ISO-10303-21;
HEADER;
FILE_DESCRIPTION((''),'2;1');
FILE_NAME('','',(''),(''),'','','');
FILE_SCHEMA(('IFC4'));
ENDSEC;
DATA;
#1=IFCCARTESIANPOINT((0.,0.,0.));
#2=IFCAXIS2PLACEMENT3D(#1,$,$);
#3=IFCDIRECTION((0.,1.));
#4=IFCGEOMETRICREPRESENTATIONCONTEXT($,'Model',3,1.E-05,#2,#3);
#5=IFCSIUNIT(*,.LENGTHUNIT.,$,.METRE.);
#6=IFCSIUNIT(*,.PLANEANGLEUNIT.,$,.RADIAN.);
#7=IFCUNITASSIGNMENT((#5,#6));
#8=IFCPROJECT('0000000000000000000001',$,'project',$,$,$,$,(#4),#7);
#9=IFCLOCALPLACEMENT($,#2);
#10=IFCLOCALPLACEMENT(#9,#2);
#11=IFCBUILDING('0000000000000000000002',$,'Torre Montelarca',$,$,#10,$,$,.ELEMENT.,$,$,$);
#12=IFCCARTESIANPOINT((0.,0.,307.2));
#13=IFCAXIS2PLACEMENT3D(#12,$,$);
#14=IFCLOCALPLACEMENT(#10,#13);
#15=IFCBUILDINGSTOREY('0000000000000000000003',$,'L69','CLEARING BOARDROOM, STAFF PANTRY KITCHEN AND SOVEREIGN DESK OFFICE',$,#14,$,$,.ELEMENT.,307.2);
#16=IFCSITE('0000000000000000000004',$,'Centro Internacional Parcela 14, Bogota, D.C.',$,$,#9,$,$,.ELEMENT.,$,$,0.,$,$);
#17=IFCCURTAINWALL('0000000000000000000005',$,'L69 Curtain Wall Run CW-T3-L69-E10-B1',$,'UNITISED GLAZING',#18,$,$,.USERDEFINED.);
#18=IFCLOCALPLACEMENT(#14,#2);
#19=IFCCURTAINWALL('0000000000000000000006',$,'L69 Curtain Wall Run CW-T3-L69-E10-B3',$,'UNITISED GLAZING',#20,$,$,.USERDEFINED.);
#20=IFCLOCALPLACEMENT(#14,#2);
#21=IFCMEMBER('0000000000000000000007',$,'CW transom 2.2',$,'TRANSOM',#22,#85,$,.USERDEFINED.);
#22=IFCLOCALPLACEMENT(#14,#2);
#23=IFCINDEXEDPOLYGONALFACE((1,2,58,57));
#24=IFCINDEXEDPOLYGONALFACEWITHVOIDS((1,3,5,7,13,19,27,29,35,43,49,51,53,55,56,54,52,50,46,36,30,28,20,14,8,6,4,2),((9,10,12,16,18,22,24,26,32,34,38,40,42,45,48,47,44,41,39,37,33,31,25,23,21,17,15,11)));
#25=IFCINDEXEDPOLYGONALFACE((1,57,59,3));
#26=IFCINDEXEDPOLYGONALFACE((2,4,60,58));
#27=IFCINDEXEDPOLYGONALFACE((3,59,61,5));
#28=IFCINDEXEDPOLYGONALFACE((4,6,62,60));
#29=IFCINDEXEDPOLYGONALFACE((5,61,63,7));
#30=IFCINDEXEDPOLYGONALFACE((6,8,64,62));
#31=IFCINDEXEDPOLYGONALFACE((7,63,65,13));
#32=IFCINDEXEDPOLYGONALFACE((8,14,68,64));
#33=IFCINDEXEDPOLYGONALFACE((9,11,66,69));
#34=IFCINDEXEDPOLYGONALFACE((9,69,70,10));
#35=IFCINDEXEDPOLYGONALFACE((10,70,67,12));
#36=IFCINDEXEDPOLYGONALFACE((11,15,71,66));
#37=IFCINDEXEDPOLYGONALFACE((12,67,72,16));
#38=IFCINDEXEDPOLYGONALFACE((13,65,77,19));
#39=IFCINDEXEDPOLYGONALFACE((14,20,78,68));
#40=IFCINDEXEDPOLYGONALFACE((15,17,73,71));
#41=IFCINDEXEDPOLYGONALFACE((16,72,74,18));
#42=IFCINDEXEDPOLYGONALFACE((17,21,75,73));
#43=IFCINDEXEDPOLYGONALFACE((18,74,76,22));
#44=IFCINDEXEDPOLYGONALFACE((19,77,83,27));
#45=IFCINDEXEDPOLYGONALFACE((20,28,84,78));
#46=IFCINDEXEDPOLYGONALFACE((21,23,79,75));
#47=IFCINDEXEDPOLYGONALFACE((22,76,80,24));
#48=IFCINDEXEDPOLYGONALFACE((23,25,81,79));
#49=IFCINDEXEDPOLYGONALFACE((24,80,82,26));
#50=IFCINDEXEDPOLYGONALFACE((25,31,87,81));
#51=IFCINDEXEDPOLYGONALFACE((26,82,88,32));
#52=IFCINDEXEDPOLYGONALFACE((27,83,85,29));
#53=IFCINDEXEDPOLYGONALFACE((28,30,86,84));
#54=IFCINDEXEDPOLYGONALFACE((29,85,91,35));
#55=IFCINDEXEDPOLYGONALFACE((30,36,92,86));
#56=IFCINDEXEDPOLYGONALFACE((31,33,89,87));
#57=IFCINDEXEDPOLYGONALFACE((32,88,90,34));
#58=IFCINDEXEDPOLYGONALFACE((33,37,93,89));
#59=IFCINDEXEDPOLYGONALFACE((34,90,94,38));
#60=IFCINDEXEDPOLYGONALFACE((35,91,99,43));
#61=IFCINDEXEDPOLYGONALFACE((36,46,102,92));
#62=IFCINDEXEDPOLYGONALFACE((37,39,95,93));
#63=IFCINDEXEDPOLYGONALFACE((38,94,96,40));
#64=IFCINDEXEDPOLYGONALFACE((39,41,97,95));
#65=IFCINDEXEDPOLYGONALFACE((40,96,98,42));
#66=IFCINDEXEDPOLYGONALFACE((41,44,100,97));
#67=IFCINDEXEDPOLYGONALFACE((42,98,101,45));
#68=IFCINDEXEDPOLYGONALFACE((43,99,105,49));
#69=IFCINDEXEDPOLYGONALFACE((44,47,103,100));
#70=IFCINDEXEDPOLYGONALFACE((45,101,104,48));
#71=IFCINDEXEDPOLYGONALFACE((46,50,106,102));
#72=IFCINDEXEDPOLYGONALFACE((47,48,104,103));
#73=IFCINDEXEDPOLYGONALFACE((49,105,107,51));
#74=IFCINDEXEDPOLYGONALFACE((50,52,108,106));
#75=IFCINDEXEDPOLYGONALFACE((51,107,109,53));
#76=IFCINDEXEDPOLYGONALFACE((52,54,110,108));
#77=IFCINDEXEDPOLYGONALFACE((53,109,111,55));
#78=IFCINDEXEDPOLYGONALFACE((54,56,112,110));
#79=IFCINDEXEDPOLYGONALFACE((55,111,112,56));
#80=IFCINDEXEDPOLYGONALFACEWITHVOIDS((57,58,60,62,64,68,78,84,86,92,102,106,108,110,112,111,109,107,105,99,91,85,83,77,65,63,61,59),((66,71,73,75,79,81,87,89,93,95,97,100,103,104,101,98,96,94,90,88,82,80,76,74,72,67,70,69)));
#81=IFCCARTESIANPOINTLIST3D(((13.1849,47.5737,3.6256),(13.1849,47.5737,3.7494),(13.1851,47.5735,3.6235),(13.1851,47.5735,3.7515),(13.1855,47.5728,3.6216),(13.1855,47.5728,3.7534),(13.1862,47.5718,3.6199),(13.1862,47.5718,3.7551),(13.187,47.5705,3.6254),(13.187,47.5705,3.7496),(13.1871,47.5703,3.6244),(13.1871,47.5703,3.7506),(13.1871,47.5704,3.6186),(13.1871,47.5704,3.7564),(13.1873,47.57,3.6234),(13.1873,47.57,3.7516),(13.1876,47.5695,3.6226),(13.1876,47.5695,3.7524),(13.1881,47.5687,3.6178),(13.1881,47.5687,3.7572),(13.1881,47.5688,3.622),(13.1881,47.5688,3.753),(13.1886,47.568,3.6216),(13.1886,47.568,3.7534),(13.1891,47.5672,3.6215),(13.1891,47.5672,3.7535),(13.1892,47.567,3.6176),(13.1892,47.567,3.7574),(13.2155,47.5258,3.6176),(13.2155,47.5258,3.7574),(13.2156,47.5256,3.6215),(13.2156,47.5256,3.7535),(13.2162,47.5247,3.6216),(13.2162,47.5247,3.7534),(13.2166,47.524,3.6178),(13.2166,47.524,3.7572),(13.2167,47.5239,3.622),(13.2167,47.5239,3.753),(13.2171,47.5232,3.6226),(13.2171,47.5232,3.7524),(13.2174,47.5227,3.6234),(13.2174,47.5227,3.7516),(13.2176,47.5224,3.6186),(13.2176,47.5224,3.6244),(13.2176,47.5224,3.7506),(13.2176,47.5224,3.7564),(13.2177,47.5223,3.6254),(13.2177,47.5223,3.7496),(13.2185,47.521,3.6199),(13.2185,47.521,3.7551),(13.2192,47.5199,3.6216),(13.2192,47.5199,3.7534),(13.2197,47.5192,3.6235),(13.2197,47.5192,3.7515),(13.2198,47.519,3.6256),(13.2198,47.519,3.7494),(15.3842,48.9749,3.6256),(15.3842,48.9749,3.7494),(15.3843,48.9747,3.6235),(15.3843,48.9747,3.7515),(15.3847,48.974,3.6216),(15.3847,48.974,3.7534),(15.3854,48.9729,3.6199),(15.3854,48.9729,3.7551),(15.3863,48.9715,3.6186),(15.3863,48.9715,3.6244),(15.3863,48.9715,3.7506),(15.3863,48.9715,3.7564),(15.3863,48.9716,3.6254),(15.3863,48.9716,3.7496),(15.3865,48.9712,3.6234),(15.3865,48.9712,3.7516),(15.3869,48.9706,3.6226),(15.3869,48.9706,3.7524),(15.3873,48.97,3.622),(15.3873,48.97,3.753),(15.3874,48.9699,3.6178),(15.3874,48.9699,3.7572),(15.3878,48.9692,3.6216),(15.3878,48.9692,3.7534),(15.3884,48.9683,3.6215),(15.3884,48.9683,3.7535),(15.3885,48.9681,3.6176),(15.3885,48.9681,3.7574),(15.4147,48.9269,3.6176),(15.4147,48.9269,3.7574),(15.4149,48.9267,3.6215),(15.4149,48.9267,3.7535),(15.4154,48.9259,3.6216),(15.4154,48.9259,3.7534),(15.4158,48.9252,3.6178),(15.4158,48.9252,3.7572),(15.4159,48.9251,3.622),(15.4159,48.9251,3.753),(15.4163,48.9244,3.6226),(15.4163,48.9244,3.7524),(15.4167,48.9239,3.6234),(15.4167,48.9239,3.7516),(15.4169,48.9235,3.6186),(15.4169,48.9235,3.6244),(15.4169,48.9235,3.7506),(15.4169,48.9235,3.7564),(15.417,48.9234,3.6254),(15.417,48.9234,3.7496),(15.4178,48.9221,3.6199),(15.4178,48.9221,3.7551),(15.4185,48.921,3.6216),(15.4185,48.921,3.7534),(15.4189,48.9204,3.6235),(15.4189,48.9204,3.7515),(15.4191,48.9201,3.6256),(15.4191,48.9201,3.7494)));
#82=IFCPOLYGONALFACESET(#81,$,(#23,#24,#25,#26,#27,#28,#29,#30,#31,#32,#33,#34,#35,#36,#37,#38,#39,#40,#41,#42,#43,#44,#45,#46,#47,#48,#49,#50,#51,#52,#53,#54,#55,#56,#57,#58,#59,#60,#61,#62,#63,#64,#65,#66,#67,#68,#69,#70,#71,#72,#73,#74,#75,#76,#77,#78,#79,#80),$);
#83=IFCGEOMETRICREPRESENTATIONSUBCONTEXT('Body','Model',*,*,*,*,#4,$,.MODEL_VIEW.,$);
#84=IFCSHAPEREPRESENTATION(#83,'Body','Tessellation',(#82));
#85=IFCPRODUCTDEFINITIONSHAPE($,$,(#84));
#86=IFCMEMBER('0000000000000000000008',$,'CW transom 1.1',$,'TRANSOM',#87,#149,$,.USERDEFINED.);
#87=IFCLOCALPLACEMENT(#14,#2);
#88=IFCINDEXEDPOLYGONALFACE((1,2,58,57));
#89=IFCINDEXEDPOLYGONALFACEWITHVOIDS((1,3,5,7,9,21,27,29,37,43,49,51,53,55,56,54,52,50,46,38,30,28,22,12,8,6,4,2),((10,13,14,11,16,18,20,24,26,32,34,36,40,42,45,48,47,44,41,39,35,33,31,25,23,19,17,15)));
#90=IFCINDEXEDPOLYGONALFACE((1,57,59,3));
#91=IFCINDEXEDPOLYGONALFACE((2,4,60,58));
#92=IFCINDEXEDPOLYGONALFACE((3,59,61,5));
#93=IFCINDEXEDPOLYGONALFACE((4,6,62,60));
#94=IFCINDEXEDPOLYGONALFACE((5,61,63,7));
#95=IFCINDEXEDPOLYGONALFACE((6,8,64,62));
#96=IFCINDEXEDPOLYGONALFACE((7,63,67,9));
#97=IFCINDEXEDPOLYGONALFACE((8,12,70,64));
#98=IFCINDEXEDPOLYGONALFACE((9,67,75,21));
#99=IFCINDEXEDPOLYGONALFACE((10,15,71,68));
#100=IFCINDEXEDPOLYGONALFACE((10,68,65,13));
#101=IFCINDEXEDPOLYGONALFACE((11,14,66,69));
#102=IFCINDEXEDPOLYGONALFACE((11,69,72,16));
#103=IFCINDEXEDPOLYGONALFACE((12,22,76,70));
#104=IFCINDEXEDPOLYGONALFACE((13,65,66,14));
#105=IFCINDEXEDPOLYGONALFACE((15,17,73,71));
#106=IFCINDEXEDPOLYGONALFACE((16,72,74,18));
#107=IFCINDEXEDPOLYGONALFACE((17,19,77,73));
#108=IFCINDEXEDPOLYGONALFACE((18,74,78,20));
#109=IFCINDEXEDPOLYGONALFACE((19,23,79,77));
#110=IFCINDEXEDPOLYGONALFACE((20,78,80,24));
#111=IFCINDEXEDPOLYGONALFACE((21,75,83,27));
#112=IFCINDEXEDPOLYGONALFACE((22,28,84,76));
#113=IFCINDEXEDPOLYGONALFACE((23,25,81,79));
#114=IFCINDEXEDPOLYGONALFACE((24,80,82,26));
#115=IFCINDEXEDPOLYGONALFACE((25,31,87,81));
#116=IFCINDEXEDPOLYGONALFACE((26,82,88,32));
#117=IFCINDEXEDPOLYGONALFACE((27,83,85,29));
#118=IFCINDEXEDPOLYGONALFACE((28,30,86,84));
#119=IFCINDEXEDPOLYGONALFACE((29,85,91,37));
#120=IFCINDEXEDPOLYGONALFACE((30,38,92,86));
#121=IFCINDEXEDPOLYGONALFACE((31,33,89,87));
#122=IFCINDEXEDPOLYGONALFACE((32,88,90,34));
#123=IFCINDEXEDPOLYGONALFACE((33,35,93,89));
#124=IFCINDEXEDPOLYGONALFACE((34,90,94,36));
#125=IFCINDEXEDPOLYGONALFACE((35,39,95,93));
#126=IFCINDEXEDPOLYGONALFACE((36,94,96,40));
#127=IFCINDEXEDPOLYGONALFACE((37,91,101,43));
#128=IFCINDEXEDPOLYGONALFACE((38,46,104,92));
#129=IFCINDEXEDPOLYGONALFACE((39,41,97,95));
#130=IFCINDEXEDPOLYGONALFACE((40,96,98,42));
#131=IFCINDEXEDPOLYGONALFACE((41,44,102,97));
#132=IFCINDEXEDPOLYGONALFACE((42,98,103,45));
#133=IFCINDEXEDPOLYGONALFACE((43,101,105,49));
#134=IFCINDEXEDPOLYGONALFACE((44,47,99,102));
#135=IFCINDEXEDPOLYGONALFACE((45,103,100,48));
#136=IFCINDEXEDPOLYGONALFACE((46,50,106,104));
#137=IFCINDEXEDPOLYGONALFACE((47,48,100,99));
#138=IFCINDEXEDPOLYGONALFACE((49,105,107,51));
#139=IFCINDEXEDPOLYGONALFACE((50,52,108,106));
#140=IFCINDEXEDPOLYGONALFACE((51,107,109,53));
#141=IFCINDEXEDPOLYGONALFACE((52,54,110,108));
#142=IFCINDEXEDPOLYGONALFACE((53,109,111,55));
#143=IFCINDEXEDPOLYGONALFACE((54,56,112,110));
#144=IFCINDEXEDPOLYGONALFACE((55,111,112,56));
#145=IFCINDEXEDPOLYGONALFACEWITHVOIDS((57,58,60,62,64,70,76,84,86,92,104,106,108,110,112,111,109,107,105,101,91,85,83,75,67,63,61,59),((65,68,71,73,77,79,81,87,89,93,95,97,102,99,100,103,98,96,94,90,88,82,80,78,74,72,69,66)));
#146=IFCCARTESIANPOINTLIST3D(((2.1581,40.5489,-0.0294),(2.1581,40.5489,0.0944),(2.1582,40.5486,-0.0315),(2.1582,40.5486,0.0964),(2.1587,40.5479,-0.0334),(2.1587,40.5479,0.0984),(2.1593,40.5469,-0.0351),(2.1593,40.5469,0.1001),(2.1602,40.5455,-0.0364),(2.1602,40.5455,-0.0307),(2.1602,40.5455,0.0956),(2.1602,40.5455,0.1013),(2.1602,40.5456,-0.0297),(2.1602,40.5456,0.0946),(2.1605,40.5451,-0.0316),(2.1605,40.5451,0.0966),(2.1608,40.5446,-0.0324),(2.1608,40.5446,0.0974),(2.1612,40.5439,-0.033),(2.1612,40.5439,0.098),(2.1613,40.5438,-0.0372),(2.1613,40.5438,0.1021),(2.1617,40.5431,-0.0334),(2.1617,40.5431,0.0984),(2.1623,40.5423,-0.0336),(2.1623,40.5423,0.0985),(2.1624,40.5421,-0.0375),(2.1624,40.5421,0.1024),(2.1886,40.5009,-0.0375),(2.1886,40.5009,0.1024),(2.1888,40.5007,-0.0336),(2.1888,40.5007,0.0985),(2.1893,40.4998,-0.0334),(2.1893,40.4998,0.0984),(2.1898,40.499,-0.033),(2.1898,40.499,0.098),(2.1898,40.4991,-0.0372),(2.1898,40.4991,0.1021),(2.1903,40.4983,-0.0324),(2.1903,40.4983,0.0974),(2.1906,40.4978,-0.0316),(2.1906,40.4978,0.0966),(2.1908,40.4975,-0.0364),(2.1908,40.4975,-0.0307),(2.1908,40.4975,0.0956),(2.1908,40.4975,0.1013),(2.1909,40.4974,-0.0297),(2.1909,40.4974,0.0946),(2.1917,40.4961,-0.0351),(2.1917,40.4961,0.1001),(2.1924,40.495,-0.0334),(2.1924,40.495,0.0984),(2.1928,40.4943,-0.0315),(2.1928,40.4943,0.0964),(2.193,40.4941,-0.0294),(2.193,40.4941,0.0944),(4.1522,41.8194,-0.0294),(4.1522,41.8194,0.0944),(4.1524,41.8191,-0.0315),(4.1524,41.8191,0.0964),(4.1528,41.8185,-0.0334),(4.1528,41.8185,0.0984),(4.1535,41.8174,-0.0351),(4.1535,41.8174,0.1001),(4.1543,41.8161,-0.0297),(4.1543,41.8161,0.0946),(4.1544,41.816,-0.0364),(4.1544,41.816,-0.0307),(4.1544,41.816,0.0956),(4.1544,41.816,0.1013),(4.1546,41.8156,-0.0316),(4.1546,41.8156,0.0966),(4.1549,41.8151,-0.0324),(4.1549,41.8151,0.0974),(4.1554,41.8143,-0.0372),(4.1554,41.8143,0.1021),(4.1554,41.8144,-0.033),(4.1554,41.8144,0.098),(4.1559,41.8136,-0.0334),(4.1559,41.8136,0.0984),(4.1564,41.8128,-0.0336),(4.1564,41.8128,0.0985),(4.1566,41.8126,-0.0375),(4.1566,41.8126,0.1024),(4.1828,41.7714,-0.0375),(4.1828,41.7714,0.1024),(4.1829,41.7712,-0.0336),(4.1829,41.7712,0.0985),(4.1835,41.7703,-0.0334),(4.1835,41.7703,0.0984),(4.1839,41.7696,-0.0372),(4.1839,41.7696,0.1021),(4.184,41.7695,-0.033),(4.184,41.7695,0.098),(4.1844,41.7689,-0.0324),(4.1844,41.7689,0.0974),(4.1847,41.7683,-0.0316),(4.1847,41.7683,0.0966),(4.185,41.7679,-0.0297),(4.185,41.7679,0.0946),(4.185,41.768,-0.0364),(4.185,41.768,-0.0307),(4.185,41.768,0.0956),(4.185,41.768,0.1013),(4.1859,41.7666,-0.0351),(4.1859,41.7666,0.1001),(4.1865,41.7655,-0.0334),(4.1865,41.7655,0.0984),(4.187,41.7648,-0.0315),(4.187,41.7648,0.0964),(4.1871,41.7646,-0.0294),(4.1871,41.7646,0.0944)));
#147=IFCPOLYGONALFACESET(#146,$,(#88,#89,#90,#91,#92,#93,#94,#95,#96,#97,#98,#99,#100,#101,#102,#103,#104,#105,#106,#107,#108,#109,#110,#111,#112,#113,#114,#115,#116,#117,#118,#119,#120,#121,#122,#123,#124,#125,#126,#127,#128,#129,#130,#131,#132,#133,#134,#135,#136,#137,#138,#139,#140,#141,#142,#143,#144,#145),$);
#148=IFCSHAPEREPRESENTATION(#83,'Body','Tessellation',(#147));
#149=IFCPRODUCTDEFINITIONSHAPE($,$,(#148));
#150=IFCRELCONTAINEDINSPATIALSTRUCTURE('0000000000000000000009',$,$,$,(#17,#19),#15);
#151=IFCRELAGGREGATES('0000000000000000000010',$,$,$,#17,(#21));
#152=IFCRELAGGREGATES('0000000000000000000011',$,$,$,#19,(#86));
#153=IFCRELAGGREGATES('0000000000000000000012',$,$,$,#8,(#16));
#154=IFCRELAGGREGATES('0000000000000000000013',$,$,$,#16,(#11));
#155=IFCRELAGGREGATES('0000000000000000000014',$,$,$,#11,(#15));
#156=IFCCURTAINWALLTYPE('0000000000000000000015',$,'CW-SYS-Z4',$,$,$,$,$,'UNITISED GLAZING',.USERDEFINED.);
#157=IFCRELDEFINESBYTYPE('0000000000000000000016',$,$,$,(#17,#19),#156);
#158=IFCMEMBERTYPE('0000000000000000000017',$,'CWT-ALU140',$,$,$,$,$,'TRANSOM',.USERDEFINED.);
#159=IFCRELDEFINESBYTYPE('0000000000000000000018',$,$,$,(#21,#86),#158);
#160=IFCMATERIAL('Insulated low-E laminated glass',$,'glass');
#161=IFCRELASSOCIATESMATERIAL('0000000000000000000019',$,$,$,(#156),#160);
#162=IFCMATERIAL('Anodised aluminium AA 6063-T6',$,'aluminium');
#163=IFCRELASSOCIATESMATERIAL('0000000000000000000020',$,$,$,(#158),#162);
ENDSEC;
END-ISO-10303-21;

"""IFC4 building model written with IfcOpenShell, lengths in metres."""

from ifc_helpers import new_model, si_unit, direction, frame, origin, origin_2d, place, context, subcontext, project, spatial, hollow_rectangle, extrude, source, transform, mapped, material, material_profile, profile_set, type_object, element, aggregate, save


model = new_model("IFC4")

# Units and contexts
model_context = context("Model", 3, precision=1e-05, world=origin(), true_north=direction((0.0, 1.0)))
body_context = subcontext(model_context, "Body", "Model", "MODEL_VIEW")
ifc_project = project(units=[si_unit("LENGTHUNIT", "METRE"), si_unit("PLANEANGLEUNIT", "RADIAN")], contexts=[model_context])

# Site, building, storey
site_placement = place(None, origin())
site = spatial("IfcSite", under=ifc_project, at=site_placement, Name="Centro Internacional Parcela 14, Bogota, D.C.", CompositionType="ELEMENT", RefElevation=0.0)
building_placement = place(site_placement, origin())
building = spatial("IfcBuilding", under=site, at=building_placement, Name="Torre Montelarca", CompositionType="ELEMENT")
storey_placement = place(building_placement, frame((0.0, 0.0, 307.2)))
storey = spatial("IfcBuildingStorey", under=building, at=storey_placement, Name="L69", Description="CLEARING BOARDROOM, STAFF PANTRY KITCHEN AND SOVEREIGN DESK OFFICE", CompositionType="ELEMENT", Elevation=307.2)

# Curtain wall
ifc_material_1 = material(Name="Insulated low-E laminated glass", Category="glass")
curtain_wall_type = type_object("IfcCurtainWallType", Name="CW-SYS-Z4", ElementType="UNITISED GLAZING", PredefinedType="USERDEFINED", material=ifc_material_1)
curtain_wall_1_placement = place(storey_placement, origin())
curtain_wall_1 = element("IfcCurtainWall", 1, at=curtain_wall_1_placement, inside=storey, type_object=curtain_wall_type, Name="L69 Curtain Wall Run CW-T3-L69-E10-B1", ObjectType="UNITISED GLAZING", PredefinedType="USERDEFINED")
ifc_material_2 = material(Name="Anodised aluminium AA 6063-T6", Category="aluminium")

# Curtain wall
curtain_wall_2_placement = place(storey_placement, origin())
curtain_wall_2 = element("IfcCurtainWall", 2, at=curtain_wall_2_placement, inside=storey, type_object=curtain_wall_type, Name="L69 Curtain Wall Run CW-T3-L69-E10-B3", ObjectType="UNITISED GLAZING", PredefinedType="USERDEFINED")

# Members
ifc_material_profile_1 = material_profile(ifc_material_2, hollow_rectangle(XDim=0.0649, YDim=0.1399, WallThickness=0.0039, InnerFilletRadius=0.0039, OuterFilletRadius=0.0081, at=origin_2d()), Name="ALU65X140X4", Category="aluminium")
ifc_profile_set_1 = profile_set([ifc_material_profile_1], Name="Anodised aluminium AA 6063-T6")
member_type_1 = type_object("IfcMemberType", Name="CWT-ALU140", ElementType="TRANSOM", PredefinedType="USERDEFINED", material=ifc_profile_set_1)
shared_shape_1 = source(origin(), body_context, "Body", "SweptSolid", [
    extrude(hollow_rectangle(XDim=0.0649, YDim=0.1399, WallThickness=0.0039, InnerFilletRadius=0.0039, OuterFilletRadius=0.0081, at=origin_2d()), origin(), (0.0, 0.0, 1.0), 2.6077),
])
member_1_placement = place(storey_placement, frame((15.4016, 48.9475, 3.6875), z_axis=(-0.84338, -0.537318, 0.0), x_axis=(0.537318, -0.84338, 0.0)))
member_1 = element("IfcMember", 3, at=member_1_placement, type_object=member_type_1, Name="CW transom 2.2", ObjectType="TRANSOM", PredefinedType="USERDEFINED", context=body_context, shape_type="MappedRepresentation", body=[
    mapped(shared_shape_1, transform((0.0, 0.0, 0.0), scale=1.0)),
])
shared_shape_2 = source(origin(), body_context, "Body", "SweptSolid", [
    extrude(hollow_rectangle(XDim=0.0649, YDim=0.1399, WallThickness=0.0039, InnerFilletRadius=0.0039, OuterFilletRadius=0.0081, at=origin_2d()), origin(), (0.0, 0.0, 1.0), 2.3645),
])
member_2_placement = place(storey_placement, frame((4.1697, 41.792, 0.0325), z_axis=(-0.843372, -0.53733, 0.0), x_axis=(0.53733, -0.843372, 0.0)))
member_2 = element("IfcMember", 4, at=member_2_placement, type_object=member_type_1, Name="CW transom 1.1", ObjectType="TRANSOM", PredefinedType="USERDEFINED", context=body_context, shape_type="MappedRepresentation", body=[
    mapped(shared_shape_2, transform((0.0, 0.0, 0.0), scale=1.0)),
])

aggregate(curtain_wall_1, [member_1])
aggregate(curtain_wall_2, [member_2])

save(model, "model.ifc")
